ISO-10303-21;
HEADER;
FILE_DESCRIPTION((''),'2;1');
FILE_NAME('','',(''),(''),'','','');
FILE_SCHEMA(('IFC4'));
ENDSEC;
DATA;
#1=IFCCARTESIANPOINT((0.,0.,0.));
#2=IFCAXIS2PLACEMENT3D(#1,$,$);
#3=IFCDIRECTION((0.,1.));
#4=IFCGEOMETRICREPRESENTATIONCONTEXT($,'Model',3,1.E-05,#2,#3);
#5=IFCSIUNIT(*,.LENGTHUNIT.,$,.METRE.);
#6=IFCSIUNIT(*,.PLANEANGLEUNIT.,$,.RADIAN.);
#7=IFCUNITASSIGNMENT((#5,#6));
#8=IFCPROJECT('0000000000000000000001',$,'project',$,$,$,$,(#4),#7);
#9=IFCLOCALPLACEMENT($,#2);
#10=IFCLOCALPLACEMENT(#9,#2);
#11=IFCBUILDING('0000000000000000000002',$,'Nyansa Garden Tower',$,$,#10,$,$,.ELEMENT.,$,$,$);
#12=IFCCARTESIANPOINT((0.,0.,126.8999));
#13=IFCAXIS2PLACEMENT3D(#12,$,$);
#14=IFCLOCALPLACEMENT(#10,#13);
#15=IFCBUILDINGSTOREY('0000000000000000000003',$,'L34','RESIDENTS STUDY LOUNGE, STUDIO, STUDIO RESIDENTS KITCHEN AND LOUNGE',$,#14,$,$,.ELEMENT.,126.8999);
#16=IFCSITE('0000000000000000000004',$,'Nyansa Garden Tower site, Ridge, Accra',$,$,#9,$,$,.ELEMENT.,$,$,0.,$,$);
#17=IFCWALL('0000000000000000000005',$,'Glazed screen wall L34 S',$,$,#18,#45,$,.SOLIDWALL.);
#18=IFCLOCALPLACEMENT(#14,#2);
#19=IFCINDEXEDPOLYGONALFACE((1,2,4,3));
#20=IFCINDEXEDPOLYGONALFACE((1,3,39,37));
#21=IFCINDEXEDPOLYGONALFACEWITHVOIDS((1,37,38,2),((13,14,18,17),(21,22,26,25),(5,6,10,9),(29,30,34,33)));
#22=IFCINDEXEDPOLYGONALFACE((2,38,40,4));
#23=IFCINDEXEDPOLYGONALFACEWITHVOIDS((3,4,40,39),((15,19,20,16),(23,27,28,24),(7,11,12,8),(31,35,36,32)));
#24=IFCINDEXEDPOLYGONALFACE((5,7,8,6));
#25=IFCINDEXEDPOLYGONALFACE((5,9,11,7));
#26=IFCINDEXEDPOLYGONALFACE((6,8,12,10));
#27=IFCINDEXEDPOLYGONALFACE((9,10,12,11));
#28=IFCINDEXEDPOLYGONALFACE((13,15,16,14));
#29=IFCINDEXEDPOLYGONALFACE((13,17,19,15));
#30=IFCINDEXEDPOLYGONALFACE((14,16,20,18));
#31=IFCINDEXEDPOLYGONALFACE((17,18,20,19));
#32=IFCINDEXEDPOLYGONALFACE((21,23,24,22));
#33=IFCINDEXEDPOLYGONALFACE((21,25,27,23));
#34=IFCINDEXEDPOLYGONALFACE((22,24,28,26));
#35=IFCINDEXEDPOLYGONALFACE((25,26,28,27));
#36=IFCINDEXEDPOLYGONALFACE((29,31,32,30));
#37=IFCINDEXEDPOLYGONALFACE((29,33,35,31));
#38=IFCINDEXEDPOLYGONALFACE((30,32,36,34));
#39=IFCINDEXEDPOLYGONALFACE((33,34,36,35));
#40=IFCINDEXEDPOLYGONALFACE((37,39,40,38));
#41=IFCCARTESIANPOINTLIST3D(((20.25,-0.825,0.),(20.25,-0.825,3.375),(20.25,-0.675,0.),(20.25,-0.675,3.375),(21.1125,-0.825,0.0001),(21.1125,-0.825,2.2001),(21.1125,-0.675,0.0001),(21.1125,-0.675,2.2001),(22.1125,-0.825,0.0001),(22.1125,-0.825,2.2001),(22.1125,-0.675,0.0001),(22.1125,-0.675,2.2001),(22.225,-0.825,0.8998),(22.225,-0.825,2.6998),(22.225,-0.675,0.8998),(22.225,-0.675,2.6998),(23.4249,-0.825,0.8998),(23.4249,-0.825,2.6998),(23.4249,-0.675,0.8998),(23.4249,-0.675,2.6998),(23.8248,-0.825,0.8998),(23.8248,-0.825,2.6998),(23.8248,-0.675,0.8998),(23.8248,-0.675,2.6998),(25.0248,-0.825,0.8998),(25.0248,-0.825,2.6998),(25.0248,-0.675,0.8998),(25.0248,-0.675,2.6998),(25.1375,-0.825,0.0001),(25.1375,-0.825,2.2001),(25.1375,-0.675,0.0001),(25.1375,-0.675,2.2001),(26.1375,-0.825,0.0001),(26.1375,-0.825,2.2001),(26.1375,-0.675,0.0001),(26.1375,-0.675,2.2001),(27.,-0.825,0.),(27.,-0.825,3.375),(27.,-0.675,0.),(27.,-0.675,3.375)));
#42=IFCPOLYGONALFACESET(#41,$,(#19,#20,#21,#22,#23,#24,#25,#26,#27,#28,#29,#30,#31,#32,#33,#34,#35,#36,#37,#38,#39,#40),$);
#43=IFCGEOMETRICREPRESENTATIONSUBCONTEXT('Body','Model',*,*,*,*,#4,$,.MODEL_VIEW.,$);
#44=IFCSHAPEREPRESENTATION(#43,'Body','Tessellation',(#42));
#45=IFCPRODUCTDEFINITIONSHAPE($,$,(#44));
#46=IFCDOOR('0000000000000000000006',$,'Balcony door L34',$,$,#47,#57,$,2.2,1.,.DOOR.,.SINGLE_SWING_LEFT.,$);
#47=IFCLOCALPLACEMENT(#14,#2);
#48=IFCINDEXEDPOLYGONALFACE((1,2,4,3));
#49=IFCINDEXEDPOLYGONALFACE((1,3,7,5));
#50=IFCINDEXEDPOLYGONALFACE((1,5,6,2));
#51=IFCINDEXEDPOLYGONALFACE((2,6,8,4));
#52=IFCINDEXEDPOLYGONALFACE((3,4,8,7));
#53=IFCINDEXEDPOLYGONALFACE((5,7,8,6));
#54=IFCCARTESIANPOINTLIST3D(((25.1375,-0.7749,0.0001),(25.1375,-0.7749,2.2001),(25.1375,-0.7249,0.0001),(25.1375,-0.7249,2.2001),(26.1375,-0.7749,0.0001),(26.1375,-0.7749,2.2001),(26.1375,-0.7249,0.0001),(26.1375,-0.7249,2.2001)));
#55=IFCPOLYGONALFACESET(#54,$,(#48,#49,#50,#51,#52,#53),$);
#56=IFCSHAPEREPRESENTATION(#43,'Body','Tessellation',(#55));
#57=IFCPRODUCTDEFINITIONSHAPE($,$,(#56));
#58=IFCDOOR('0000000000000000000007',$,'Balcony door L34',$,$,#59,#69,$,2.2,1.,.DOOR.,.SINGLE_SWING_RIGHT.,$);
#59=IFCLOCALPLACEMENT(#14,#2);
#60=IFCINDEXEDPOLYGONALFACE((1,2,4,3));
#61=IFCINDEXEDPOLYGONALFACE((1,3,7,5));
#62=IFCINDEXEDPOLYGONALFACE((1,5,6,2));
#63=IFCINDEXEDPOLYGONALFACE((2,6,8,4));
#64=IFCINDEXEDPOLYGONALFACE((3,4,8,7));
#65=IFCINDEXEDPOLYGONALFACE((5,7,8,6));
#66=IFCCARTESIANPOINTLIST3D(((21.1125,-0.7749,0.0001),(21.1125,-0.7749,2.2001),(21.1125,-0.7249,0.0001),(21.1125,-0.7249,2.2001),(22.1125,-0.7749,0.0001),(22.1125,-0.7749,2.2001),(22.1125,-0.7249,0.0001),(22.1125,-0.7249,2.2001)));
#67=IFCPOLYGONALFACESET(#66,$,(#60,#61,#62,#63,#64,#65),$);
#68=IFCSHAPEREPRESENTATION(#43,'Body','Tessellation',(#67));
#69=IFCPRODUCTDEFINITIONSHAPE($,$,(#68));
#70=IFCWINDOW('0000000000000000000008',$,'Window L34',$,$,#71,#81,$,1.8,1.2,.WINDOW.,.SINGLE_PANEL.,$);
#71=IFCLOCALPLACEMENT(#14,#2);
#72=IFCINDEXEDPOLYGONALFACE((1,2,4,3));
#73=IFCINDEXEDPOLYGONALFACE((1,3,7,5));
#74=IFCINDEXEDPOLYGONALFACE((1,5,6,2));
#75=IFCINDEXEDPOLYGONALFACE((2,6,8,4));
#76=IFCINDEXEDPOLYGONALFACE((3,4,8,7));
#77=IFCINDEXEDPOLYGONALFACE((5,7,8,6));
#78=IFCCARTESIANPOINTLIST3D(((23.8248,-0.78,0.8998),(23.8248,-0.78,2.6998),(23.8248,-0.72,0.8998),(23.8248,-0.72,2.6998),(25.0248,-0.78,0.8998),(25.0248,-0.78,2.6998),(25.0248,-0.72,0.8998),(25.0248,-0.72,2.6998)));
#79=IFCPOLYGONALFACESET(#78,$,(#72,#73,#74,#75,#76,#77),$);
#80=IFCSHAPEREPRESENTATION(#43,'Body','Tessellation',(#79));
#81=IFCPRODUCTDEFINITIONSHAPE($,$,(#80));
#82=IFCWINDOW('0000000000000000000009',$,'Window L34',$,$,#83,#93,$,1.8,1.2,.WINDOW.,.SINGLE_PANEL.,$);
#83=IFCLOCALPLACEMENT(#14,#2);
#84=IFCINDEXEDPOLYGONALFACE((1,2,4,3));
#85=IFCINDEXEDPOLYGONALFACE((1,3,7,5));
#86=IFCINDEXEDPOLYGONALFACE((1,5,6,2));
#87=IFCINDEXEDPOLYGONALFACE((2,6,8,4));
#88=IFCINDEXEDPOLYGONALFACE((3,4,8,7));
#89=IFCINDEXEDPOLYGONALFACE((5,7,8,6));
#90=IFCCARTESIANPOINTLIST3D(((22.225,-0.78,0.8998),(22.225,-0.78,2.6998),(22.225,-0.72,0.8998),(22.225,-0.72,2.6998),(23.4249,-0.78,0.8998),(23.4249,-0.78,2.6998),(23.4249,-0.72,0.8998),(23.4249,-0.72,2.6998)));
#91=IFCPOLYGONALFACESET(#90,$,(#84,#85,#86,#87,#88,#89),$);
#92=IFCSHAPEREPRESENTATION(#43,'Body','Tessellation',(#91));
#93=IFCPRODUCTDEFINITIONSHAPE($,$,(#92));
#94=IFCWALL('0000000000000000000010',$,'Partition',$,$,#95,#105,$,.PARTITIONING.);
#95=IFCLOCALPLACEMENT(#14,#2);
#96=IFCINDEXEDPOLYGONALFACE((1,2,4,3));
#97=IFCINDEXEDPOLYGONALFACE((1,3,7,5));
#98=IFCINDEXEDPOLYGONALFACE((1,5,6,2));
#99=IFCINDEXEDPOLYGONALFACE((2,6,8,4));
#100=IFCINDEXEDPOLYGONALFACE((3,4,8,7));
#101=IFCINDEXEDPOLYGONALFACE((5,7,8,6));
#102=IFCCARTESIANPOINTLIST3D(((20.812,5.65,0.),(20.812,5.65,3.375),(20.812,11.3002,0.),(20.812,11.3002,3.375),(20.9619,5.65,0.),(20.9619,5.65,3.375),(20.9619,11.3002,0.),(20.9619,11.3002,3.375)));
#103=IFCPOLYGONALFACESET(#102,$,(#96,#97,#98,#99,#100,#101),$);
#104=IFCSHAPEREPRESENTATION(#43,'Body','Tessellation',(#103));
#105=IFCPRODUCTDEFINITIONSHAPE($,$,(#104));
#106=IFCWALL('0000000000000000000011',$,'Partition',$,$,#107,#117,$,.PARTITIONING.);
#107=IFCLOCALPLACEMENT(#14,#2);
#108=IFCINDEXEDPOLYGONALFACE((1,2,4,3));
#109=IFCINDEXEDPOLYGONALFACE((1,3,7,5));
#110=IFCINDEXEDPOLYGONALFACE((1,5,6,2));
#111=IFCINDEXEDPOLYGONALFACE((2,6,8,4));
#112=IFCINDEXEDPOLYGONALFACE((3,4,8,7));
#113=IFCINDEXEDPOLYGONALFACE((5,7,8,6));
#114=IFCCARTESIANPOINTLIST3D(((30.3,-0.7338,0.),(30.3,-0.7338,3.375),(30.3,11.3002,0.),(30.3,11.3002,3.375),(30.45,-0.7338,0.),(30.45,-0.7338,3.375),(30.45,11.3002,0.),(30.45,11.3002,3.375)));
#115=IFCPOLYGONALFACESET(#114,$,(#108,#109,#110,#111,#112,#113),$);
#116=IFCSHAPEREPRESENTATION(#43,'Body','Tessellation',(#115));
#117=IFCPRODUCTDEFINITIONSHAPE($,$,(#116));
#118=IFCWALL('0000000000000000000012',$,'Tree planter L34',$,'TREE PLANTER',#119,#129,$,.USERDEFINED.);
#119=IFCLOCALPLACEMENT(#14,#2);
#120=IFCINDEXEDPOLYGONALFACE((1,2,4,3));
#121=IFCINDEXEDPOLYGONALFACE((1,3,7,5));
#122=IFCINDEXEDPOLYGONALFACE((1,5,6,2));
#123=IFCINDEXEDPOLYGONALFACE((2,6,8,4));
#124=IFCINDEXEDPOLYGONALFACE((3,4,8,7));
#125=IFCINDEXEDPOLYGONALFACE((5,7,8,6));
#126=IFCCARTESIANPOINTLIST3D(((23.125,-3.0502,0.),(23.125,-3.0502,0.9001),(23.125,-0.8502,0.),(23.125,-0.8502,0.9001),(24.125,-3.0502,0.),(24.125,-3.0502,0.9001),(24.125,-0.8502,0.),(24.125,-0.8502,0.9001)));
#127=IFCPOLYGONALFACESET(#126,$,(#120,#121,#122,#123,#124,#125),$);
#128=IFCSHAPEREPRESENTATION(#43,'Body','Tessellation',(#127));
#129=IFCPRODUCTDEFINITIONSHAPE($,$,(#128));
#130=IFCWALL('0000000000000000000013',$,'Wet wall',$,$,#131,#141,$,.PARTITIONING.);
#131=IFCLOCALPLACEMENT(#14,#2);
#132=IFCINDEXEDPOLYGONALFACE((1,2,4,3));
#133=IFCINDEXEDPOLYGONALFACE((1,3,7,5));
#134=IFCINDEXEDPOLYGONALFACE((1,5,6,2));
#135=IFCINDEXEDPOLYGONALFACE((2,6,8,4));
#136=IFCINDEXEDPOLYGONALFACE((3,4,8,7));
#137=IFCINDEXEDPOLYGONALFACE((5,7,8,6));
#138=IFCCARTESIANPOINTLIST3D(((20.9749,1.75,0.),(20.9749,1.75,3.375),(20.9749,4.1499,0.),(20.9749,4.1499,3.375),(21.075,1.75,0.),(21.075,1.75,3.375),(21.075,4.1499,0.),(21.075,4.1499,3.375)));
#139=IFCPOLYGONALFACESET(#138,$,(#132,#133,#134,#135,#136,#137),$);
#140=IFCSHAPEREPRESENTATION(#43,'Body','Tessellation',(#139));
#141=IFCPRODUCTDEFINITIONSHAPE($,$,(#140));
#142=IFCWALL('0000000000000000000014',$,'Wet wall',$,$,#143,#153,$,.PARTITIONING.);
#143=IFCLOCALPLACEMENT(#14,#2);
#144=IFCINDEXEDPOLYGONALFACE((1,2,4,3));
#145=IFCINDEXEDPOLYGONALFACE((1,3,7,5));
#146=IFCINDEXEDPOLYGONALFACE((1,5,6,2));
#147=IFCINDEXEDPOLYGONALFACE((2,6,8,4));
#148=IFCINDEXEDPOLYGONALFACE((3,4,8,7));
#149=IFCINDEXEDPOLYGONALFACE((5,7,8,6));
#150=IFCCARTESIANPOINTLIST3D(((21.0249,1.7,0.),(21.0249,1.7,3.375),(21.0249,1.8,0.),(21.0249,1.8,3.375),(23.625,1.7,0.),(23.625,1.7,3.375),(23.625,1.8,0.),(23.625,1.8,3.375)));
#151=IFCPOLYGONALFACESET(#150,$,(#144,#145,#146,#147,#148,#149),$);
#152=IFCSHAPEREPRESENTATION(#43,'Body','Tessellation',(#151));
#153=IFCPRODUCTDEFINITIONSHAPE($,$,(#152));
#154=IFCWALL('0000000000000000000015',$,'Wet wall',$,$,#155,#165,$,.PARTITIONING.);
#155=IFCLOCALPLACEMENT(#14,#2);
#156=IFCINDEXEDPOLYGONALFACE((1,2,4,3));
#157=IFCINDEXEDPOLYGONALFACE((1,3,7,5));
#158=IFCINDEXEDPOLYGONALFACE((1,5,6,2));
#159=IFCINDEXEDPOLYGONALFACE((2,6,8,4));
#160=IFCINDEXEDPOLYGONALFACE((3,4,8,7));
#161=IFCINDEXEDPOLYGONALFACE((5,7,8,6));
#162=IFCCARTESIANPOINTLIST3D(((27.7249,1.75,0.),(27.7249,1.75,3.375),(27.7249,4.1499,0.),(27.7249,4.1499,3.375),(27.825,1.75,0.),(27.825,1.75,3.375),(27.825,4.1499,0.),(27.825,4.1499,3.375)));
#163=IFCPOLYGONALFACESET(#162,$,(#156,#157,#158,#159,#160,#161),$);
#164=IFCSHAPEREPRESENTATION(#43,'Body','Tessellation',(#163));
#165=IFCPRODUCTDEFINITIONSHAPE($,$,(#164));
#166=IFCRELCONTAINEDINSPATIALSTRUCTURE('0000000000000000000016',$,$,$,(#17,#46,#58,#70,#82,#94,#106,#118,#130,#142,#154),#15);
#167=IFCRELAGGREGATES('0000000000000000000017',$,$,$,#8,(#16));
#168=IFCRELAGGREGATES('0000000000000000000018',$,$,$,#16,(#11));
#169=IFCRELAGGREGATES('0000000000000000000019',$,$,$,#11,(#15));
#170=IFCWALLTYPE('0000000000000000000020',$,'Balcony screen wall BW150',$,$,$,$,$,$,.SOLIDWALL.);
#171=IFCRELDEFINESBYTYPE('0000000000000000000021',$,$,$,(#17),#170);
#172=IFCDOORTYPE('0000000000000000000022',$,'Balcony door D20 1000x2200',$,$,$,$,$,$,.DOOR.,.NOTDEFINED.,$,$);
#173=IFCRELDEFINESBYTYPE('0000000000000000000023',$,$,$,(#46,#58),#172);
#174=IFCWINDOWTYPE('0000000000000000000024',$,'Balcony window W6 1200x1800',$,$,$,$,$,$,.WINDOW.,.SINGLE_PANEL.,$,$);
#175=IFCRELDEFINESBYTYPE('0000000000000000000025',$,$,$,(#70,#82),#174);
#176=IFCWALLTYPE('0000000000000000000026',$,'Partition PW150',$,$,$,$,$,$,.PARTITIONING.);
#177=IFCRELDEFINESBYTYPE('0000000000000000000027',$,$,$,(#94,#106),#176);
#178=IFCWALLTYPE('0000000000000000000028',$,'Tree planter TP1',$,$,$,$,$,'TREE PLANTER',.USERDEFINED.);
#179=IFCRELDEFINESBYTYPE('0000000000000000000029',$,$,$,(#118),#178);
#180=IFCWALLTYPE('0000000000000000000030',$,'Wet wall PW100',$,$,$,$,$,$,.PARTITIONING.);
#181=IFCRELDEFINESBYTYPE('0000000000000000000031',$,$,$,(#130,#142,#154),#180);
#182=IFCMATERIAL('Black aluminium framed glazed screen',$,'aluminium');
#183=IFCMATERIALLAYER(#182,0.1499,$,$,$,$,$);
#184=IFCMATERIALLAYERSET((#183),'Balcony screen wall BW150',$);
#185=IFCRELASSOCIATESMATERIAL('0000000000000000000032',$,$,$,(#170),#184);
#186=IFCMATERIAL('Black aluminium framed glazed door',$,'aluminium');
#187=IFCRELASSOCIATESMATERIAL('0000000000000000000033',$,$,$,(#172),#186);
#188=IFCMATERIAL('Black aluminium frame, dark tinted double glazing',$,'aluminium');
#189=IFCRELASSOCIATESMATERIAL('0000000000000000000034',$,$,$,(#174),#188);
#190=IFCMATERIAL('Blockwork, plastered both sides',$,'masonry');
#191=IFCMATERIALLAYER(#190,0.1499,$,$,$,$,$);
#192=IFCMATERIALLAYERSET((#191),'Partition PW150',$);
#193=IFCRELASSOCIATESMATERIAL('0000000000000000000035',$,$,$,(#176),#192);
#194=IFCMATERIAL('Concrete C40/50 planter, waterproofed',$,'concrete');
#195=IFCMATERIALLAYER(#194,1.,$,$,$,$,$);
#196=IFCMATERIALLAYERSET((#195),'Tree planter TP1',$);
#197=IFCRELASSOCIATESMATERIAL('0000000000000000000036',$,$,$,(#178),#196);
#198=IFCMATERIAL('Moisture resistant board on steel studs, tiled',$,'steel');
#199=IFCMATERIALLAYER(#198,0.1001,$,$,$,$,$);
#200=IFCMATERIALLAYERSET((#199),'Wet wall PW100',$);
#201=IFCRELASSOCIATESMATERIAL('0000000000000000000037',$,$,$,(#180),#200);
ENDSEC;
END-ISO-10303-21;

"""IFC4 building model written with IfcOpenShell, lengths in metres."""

from ifc_helpers import new_model, si_unit, direction, frame, frame_2d, origin, place, context, subcontext, project, spatial, rectangle, extrude, material, layer, layer_set, type_object, element, fill, save


model = new_model("IFC4")

# Units and contexts
model_context = context("Model", 3, precision=1e-05, world=origin(), true_north=direction((0.0, 1.0)))
body_context = subcontext(model_context, "Body", "Model", "MODEL_VIEW")
ifc_project = project(units=[si_unit("LENGTHUNIT", "METRE"), si_unit("PLANEANGLEUNIT", "RADIAN")], contexts=[model_context])

# Site, building, storey
site_placement = place(None, origin())
site = spatial("IfcSite", under=ifc_project, at=site_placement, Name="Nyansa Garden Tower site, Ridge, Accra", CompositionType="ELEMENT", RefElevation=0.0)
building_placement = place(site_placement, origin())
building = spatial("IfcBuilding", under=site, at=building_placement, Name="Nyansa Garden Tower", CompositionType="ELEMENT")
storey_placement = place(building_placement, frame((0.0, 0.0, 126.8999)))
storey = spatial("IfcBuildingStorey", under=building, at=storey_placement, Name="L34", Description="RESIDENTS STUDY LOUNGE, STUDIO, STUDIO RESIDENTS KITCHEN AND LOUNGE", CompositionType="ELEMENT", Elevation=126.8999)

# Wall, openings, doors, windows
ifc_material_1 = material(Name="Black aluminium framed glazed screen", Category="aluminium")
ifc_layer_1 = layer(ifc_material_1, 0.1499)
ifc_layer_set_1 = layer_set([ifc_layer_1], Name="Balcony screen wall BW150")
wall_type_1 = type_object("IfcWallType", Name="Balcony screen wall BW150", PredefinedType="SOLIDWALL", material=ifc_layer_set_1)
wall_1_placement = place(storey_placement, frame((27.0, -0.75, 0.0), z_axis=(0.0, 0.0, 1.0), x_axis=(-1.0, 0.0, 0.0)))
wall_1 = element("IfcWall", 1, at=wall_1_placement, inside=storey, type_object=wall_type_1, Name="Glazed screen wall L34 S", PredefinedType="SOLIDWALL", context=body_context, shape_type="SweptSolid", body=[
    extrude(rectangle(XDim=6.75, YDim=0.1499, at=frame_2d((3.375, 0.0))), origin(), (0.0, 0.0, 1.0), 3.375),
])
opening_1_placement = place(wall_1_placement, frame((0.8625, 0.0, 0.0)))
opening_1 = element("IfcOpeningElement", 2, at=opening_1_placement, cuts=wall_1, PredefinedType="OPENING", context=body_context, shape_type="SweptSolid", body=[
    extrude(rectangle(XDim=1.0, YDim=2.2, at=frame_2d((0.5, 1.1001))), frame((0.0, 0.085, 0.0), z_axis=(0.0, -1.0, 0.0), x_axis=(1.0, 0.0, 0.0)), (0.0, 0.0, 1.0), 0.1699),
])
opening_2_placement = place(wall_1_placement, frame((1.9751, 0.0, 0.8999)))
opening_2 = element("IfcOpeningElement", 3, at=opening_2_placement, cuts=wall_1, PredefinedType="OPENING", context=body_context, shape_type="SweptSolid", body=[
    extrude(rectangle(XDim=1.2, YDim=1.8, at=frame_2d((0.6001, 0.8999))), frame((0.0, 0.085, 0.0), z_axis=(0.0, -1.0, 0.0), x_axis=(1.0, 0.0, 0.0)), (0.0, 0.0, 1.0), 0.1699),
])
opening_3_placement = place(wall_1_placement, frame((4.8875, 0.0, 0.0)))
opening_3 = element("IfcOpeningElement", 4, at=opening_3_placement, cuts=wall_1, PredefinedType="OPENING", context=body_context, shape_type="SweptSolid", body=[
    extrude(rectangle(XDim=1.0, YDim=2.2, at=frame_2d((0.5, 1.1001))), frame((0.0, 0.085, 0.0), z_axis=(0.0, -1.0, 0.0), x_axis=(1.0, 0.0, 0.0)), (0.0, 0.0, 1.0), 0.1699),
])
opening_4_placement = place(wall_1_placement, frame((3.575, 0.0, 0.8999)))
opening_4 = element("IfcOpeningElement", 5, at=opening_4_placement, cuts=wall_1, PredefinedType="OPENING", context=body_context, shape_type="SweptSolid", body=[
    extrude(rectangle(XDim=1.2, YDim=1.8, at=frame_2d((0.6001, 0.8999))), frame((0.0, 0.085, 0.0), z_axis=(0.0, -1.0, 0.0), x_axis=(1.0, 0.0, 0.0)), (0.0, 0.0, 1.0), 0.1699),
])
ifc_material_2 = material(Name="Black aluminium framed glazed door", Category="aluminium")
door_type_1 = type_object("IfcDoorType", Name="Balcony door D20 1000x2200", OperationType="NOTDEFINED", PredefinedType="DOOR", material=ifc_material_2)
door_1_placement = place(opening_1_placement, origin())
door_1 = element("IfcDoor", 6, at=door_1_placement, inside=storey, type_object=door_type_1, Name="Balcony door L34", OperationType="SINGLE_SWING_LEFT", OverallHeight=2.2, OverallWidth=1.0, PredefinedType="DOOR", context=body_context, shape_type="SweptSolid", body=[
    extrude(rectangle(XDim=1.0, YDim=2.2, at=frame_2d((0.5, 1.1001))), frame((0.0, 0.0249, 0.0), z_axis=(0.0, -1.0, 0.0), x_axis=(1.0, 0.0, 0.0)), (0.0, 0.0, 1.0), 0.05),
])
fill(opening_1, door_1)
door_2_placement = place(opening_3_placement, origin())
door_2 = element("IfcDoor", 7, at=door_2_placement, inside=storey, type_object=door_type_1, Name="Balcony door L34", OperationType="SINGLE_SWING_RIGHT", OverallHeight=2.2, OverallWidth=1.0, PredefinedType="DOOR", context=body_context, shape_type="SweptSolid", body=[
    extrude(rectangle(XDim=1.0, YDim=2.2, at=frame_2d((0.5, 1.1001))), frame((0.0, 0.0249, 0.0), z_axis=(0.0, -1.0, 0.0), x_axis=(1.0, 0.0, 0.0)), (0.0, 0.0, 1.0), 0.05),
])
fill(opening_3, door_2)
ifc_material_3 = material(Name="Black aluminium frame, dark tinted double glazing", Category="aluminium")
window_type = type_object("IfcWindowType", Name="Balcony window W6 1200x1800", PartitioningType="SINGLE_PANEL", PredefinedType="WINDOW", material=ifc_material_3)
window_1_placement = place(opening_2_placement, origin())
window_1 = element("IfcWindow", 8, at=window_1_placement, inside=storey, type_object=window_type, Name="Window L34", OverallHeight=1.8, OverallWidth=1.2, PartitioningType="SINGLE_PANEL", PredefinedType="WINDOW", context=body_context, shape_type="SweptSolid", body=[
    extrude(rectangle(XDim=1.2, YDim=1.8, at=frame_2d((0.6001, 0.8999))), frame((0.0, 0.03, 0.0), z_axis=(0.0, -1.0, 0.0), x_axis=(1.0, 0.0, 0.0)), (0.0, 0.0, 1.0), 0.0601),
])
fill(opening_2, window_1)
window_2_placement = place(opening_4_placement, origin())
window_2 = element("IfcWindow", 9, at=window_2_placement, inside=storey, type_object=window_type, Name="Window L34", OverallHeight=1.8, OverallWidth=1.2, PartitioningType="SINGLE_PANEL", PredefinedType="WINDOW", context=body_context, shape_type="SweptSolid", body=[
    extrude(rectangle(XDim=1.2, YDim=1.8, at=frame_2d((0.6001, 0.8999))), frame((0.0, 0.03, 0.0), z_axis=(0.0, -1.0, 0.0), x_axis=(1.0, 0.0, 0.0)), (0.0, 0.0, 1.0), 0.0601),
])
fill(opening_4, window_2)

# Walls
ifc_material_4 = material(Name="Blockwork, plastered both sides", Category="masonry")
ifc_layer_2 = layer(ifc_material_4, 0.1499)
ifc_layer_set_2 = layer_set([ifc_layer_2], Name="Partition PW150")
wall_type_2 = type_object("IfcWallType", Name="Partition PW150", PredefinedType="PARTITIONING", material=ifc_layer_set_2)
wall_2_placement = place(storey_placement, frame((20.887, 5.6499, 0.0), z_axis=(0.0, 0.0, 1.0), x_axis=(0.0, 1.0, 0.0)))
element("IfcWall", 10, at=wall_2_placement, inside=storey, type_object=wall_type_2, Name="Partition", PredefinedType="PARTITIONING", context=body_context, shape_type="SweptSolid", body=[
    extrude(rectangle(XDim=5.6501, YDim=0.1499, at=frame_2d((2.8252, 0.0))), origin(), (0.0, 0.0, 1.0), 3.375),
])
wall_3_placement = place(storey_placement, frame((30.375, -0.7339, 0.0), z_axis=(0.0, 0.0, 1.0), x_axis=(0.0, 1.0, 0.0)))
element("IfcWall", 11, at=wall_3_placement, inside=storey, type_object=wall_type_2, Name="Partition", PredefinedType="PARTITIONING", context=body_context, shape_type="SweptSolid", body=[
    extrude(rectangle(XDim=12.0339, YDim=0.1499, at=frame_2d((6.0171, 0.0))), origin(), (0.0, 0.0, 1.0), 3.375),
])
ifc_material_5 = material(Name="Concrete C40/50 planter, waterproofed", Category="concrete")
ifc_layer_3 = layer(ifc_material_5, 1.0)
ifc_layer_set_3 = layer_set([ifc_layer_3], Name="Tree planter TP1")
wall_type_3 = type_object("IfcWallType", Name="Tree planter TP1", ElementType="TREE PLANTER", PredefinedType="USERDEFINED", material=ifc_layer_set_3)
wall_4_placement = place(storey_placement, frame((23.625, -0.8501, 0.0), z_axis=(0.0, 0.0, 1.0), x_axis=(0.0, -1.0, 0.0)))
element("IfcWall", 12, at=wall_4_placement, inside=storey, type_object=wall_type_3, Name="Tree planter L34", ObjectType="TREE PLANTER", PredefinedType="USERDEFINED", context=body_context, shape_type="SweptSolid", body=[
    extrude(rectangle(XDim=2.2, YDim=1.0, at=frame_2d((1.1001, 0.0))), origin(), (0.0, 0.0, 1.0), 0.9001),
])
ifc_material_6 = material(Name="Moisture resistant board on steel studs, tiled", Category="steel")
ifc_layer_4 = layer(ifc_material_6, 0.1001)
ifc_layer_set_4 = layer_set([ifc_layer_4], Name="Wet wall PW100")
wall_type_4 = type_object("IfcWallType", Name="Wet wall PW100", PredefinedType="PARTITIONING", material=ifc_layer_set_4)
wall_5_placement = place(storey_placement, frame((21.0249, 1.75, 0.0), z_axis=(0.0, 0.0, 1.0), x_axis=(0.0, 1.0, 0.0)))
element("IfcWall", 13, at=wall_5_placement, inside=storey, type_object=wall_type_4, Name="Wet wall", PredefinedType="PARTITIONING", context=body_context, shape_type="SweptSolid", body=[
    extrude(rectangle(XDim=2.3999, YDim=0.1001, at=frame_2d((1.2, 0.0))), origin(), (0.0, 0.0, 1.0), 3.375),
])
wall_6_placement = place(storey_placement, frame((21.0249, 1.75, 0.0), z_axis=(0.0, 0.0, 1.0), x_axis=(1.0, 0.0, 0.0)))
element("IfcWall", 14, at=wall_6_placement, inside=storey, type_object=wall_type_4, Name="Wet wall", PredefinedType="PARTITIONING", context=body_context, shape_type="SweptSolid", body=[
    extrude(rectangle(XDim=2.6001, YDim=0.1001, at=frame_2d((1.3, 0.0))), origin(), (0.0, 0.0, 1.0), 3.375),
])
wall_7_placement = place(storey_placement, frame((27.7749, 1.75, 0.0), z_axis=(0.0, 0.0, 1.0), x_axis=(0.0, 1.0, 0.0)))
element("IfcWall", 15, at=wall_7_placement, inside=storey, type_object=wall_type_4, Name="Wet wall", PredefinedType="PARTITIONING", context=body_context, shape_type="SweptSolid", body=[
    extrude(rectangle(XDim=2.3999, YDim=0.1001, at=frame_2d((1.2, 0.0))), origin(), (0.0, 0.0, 1.0), 3.375),
])

save(model, "model.ifc")
